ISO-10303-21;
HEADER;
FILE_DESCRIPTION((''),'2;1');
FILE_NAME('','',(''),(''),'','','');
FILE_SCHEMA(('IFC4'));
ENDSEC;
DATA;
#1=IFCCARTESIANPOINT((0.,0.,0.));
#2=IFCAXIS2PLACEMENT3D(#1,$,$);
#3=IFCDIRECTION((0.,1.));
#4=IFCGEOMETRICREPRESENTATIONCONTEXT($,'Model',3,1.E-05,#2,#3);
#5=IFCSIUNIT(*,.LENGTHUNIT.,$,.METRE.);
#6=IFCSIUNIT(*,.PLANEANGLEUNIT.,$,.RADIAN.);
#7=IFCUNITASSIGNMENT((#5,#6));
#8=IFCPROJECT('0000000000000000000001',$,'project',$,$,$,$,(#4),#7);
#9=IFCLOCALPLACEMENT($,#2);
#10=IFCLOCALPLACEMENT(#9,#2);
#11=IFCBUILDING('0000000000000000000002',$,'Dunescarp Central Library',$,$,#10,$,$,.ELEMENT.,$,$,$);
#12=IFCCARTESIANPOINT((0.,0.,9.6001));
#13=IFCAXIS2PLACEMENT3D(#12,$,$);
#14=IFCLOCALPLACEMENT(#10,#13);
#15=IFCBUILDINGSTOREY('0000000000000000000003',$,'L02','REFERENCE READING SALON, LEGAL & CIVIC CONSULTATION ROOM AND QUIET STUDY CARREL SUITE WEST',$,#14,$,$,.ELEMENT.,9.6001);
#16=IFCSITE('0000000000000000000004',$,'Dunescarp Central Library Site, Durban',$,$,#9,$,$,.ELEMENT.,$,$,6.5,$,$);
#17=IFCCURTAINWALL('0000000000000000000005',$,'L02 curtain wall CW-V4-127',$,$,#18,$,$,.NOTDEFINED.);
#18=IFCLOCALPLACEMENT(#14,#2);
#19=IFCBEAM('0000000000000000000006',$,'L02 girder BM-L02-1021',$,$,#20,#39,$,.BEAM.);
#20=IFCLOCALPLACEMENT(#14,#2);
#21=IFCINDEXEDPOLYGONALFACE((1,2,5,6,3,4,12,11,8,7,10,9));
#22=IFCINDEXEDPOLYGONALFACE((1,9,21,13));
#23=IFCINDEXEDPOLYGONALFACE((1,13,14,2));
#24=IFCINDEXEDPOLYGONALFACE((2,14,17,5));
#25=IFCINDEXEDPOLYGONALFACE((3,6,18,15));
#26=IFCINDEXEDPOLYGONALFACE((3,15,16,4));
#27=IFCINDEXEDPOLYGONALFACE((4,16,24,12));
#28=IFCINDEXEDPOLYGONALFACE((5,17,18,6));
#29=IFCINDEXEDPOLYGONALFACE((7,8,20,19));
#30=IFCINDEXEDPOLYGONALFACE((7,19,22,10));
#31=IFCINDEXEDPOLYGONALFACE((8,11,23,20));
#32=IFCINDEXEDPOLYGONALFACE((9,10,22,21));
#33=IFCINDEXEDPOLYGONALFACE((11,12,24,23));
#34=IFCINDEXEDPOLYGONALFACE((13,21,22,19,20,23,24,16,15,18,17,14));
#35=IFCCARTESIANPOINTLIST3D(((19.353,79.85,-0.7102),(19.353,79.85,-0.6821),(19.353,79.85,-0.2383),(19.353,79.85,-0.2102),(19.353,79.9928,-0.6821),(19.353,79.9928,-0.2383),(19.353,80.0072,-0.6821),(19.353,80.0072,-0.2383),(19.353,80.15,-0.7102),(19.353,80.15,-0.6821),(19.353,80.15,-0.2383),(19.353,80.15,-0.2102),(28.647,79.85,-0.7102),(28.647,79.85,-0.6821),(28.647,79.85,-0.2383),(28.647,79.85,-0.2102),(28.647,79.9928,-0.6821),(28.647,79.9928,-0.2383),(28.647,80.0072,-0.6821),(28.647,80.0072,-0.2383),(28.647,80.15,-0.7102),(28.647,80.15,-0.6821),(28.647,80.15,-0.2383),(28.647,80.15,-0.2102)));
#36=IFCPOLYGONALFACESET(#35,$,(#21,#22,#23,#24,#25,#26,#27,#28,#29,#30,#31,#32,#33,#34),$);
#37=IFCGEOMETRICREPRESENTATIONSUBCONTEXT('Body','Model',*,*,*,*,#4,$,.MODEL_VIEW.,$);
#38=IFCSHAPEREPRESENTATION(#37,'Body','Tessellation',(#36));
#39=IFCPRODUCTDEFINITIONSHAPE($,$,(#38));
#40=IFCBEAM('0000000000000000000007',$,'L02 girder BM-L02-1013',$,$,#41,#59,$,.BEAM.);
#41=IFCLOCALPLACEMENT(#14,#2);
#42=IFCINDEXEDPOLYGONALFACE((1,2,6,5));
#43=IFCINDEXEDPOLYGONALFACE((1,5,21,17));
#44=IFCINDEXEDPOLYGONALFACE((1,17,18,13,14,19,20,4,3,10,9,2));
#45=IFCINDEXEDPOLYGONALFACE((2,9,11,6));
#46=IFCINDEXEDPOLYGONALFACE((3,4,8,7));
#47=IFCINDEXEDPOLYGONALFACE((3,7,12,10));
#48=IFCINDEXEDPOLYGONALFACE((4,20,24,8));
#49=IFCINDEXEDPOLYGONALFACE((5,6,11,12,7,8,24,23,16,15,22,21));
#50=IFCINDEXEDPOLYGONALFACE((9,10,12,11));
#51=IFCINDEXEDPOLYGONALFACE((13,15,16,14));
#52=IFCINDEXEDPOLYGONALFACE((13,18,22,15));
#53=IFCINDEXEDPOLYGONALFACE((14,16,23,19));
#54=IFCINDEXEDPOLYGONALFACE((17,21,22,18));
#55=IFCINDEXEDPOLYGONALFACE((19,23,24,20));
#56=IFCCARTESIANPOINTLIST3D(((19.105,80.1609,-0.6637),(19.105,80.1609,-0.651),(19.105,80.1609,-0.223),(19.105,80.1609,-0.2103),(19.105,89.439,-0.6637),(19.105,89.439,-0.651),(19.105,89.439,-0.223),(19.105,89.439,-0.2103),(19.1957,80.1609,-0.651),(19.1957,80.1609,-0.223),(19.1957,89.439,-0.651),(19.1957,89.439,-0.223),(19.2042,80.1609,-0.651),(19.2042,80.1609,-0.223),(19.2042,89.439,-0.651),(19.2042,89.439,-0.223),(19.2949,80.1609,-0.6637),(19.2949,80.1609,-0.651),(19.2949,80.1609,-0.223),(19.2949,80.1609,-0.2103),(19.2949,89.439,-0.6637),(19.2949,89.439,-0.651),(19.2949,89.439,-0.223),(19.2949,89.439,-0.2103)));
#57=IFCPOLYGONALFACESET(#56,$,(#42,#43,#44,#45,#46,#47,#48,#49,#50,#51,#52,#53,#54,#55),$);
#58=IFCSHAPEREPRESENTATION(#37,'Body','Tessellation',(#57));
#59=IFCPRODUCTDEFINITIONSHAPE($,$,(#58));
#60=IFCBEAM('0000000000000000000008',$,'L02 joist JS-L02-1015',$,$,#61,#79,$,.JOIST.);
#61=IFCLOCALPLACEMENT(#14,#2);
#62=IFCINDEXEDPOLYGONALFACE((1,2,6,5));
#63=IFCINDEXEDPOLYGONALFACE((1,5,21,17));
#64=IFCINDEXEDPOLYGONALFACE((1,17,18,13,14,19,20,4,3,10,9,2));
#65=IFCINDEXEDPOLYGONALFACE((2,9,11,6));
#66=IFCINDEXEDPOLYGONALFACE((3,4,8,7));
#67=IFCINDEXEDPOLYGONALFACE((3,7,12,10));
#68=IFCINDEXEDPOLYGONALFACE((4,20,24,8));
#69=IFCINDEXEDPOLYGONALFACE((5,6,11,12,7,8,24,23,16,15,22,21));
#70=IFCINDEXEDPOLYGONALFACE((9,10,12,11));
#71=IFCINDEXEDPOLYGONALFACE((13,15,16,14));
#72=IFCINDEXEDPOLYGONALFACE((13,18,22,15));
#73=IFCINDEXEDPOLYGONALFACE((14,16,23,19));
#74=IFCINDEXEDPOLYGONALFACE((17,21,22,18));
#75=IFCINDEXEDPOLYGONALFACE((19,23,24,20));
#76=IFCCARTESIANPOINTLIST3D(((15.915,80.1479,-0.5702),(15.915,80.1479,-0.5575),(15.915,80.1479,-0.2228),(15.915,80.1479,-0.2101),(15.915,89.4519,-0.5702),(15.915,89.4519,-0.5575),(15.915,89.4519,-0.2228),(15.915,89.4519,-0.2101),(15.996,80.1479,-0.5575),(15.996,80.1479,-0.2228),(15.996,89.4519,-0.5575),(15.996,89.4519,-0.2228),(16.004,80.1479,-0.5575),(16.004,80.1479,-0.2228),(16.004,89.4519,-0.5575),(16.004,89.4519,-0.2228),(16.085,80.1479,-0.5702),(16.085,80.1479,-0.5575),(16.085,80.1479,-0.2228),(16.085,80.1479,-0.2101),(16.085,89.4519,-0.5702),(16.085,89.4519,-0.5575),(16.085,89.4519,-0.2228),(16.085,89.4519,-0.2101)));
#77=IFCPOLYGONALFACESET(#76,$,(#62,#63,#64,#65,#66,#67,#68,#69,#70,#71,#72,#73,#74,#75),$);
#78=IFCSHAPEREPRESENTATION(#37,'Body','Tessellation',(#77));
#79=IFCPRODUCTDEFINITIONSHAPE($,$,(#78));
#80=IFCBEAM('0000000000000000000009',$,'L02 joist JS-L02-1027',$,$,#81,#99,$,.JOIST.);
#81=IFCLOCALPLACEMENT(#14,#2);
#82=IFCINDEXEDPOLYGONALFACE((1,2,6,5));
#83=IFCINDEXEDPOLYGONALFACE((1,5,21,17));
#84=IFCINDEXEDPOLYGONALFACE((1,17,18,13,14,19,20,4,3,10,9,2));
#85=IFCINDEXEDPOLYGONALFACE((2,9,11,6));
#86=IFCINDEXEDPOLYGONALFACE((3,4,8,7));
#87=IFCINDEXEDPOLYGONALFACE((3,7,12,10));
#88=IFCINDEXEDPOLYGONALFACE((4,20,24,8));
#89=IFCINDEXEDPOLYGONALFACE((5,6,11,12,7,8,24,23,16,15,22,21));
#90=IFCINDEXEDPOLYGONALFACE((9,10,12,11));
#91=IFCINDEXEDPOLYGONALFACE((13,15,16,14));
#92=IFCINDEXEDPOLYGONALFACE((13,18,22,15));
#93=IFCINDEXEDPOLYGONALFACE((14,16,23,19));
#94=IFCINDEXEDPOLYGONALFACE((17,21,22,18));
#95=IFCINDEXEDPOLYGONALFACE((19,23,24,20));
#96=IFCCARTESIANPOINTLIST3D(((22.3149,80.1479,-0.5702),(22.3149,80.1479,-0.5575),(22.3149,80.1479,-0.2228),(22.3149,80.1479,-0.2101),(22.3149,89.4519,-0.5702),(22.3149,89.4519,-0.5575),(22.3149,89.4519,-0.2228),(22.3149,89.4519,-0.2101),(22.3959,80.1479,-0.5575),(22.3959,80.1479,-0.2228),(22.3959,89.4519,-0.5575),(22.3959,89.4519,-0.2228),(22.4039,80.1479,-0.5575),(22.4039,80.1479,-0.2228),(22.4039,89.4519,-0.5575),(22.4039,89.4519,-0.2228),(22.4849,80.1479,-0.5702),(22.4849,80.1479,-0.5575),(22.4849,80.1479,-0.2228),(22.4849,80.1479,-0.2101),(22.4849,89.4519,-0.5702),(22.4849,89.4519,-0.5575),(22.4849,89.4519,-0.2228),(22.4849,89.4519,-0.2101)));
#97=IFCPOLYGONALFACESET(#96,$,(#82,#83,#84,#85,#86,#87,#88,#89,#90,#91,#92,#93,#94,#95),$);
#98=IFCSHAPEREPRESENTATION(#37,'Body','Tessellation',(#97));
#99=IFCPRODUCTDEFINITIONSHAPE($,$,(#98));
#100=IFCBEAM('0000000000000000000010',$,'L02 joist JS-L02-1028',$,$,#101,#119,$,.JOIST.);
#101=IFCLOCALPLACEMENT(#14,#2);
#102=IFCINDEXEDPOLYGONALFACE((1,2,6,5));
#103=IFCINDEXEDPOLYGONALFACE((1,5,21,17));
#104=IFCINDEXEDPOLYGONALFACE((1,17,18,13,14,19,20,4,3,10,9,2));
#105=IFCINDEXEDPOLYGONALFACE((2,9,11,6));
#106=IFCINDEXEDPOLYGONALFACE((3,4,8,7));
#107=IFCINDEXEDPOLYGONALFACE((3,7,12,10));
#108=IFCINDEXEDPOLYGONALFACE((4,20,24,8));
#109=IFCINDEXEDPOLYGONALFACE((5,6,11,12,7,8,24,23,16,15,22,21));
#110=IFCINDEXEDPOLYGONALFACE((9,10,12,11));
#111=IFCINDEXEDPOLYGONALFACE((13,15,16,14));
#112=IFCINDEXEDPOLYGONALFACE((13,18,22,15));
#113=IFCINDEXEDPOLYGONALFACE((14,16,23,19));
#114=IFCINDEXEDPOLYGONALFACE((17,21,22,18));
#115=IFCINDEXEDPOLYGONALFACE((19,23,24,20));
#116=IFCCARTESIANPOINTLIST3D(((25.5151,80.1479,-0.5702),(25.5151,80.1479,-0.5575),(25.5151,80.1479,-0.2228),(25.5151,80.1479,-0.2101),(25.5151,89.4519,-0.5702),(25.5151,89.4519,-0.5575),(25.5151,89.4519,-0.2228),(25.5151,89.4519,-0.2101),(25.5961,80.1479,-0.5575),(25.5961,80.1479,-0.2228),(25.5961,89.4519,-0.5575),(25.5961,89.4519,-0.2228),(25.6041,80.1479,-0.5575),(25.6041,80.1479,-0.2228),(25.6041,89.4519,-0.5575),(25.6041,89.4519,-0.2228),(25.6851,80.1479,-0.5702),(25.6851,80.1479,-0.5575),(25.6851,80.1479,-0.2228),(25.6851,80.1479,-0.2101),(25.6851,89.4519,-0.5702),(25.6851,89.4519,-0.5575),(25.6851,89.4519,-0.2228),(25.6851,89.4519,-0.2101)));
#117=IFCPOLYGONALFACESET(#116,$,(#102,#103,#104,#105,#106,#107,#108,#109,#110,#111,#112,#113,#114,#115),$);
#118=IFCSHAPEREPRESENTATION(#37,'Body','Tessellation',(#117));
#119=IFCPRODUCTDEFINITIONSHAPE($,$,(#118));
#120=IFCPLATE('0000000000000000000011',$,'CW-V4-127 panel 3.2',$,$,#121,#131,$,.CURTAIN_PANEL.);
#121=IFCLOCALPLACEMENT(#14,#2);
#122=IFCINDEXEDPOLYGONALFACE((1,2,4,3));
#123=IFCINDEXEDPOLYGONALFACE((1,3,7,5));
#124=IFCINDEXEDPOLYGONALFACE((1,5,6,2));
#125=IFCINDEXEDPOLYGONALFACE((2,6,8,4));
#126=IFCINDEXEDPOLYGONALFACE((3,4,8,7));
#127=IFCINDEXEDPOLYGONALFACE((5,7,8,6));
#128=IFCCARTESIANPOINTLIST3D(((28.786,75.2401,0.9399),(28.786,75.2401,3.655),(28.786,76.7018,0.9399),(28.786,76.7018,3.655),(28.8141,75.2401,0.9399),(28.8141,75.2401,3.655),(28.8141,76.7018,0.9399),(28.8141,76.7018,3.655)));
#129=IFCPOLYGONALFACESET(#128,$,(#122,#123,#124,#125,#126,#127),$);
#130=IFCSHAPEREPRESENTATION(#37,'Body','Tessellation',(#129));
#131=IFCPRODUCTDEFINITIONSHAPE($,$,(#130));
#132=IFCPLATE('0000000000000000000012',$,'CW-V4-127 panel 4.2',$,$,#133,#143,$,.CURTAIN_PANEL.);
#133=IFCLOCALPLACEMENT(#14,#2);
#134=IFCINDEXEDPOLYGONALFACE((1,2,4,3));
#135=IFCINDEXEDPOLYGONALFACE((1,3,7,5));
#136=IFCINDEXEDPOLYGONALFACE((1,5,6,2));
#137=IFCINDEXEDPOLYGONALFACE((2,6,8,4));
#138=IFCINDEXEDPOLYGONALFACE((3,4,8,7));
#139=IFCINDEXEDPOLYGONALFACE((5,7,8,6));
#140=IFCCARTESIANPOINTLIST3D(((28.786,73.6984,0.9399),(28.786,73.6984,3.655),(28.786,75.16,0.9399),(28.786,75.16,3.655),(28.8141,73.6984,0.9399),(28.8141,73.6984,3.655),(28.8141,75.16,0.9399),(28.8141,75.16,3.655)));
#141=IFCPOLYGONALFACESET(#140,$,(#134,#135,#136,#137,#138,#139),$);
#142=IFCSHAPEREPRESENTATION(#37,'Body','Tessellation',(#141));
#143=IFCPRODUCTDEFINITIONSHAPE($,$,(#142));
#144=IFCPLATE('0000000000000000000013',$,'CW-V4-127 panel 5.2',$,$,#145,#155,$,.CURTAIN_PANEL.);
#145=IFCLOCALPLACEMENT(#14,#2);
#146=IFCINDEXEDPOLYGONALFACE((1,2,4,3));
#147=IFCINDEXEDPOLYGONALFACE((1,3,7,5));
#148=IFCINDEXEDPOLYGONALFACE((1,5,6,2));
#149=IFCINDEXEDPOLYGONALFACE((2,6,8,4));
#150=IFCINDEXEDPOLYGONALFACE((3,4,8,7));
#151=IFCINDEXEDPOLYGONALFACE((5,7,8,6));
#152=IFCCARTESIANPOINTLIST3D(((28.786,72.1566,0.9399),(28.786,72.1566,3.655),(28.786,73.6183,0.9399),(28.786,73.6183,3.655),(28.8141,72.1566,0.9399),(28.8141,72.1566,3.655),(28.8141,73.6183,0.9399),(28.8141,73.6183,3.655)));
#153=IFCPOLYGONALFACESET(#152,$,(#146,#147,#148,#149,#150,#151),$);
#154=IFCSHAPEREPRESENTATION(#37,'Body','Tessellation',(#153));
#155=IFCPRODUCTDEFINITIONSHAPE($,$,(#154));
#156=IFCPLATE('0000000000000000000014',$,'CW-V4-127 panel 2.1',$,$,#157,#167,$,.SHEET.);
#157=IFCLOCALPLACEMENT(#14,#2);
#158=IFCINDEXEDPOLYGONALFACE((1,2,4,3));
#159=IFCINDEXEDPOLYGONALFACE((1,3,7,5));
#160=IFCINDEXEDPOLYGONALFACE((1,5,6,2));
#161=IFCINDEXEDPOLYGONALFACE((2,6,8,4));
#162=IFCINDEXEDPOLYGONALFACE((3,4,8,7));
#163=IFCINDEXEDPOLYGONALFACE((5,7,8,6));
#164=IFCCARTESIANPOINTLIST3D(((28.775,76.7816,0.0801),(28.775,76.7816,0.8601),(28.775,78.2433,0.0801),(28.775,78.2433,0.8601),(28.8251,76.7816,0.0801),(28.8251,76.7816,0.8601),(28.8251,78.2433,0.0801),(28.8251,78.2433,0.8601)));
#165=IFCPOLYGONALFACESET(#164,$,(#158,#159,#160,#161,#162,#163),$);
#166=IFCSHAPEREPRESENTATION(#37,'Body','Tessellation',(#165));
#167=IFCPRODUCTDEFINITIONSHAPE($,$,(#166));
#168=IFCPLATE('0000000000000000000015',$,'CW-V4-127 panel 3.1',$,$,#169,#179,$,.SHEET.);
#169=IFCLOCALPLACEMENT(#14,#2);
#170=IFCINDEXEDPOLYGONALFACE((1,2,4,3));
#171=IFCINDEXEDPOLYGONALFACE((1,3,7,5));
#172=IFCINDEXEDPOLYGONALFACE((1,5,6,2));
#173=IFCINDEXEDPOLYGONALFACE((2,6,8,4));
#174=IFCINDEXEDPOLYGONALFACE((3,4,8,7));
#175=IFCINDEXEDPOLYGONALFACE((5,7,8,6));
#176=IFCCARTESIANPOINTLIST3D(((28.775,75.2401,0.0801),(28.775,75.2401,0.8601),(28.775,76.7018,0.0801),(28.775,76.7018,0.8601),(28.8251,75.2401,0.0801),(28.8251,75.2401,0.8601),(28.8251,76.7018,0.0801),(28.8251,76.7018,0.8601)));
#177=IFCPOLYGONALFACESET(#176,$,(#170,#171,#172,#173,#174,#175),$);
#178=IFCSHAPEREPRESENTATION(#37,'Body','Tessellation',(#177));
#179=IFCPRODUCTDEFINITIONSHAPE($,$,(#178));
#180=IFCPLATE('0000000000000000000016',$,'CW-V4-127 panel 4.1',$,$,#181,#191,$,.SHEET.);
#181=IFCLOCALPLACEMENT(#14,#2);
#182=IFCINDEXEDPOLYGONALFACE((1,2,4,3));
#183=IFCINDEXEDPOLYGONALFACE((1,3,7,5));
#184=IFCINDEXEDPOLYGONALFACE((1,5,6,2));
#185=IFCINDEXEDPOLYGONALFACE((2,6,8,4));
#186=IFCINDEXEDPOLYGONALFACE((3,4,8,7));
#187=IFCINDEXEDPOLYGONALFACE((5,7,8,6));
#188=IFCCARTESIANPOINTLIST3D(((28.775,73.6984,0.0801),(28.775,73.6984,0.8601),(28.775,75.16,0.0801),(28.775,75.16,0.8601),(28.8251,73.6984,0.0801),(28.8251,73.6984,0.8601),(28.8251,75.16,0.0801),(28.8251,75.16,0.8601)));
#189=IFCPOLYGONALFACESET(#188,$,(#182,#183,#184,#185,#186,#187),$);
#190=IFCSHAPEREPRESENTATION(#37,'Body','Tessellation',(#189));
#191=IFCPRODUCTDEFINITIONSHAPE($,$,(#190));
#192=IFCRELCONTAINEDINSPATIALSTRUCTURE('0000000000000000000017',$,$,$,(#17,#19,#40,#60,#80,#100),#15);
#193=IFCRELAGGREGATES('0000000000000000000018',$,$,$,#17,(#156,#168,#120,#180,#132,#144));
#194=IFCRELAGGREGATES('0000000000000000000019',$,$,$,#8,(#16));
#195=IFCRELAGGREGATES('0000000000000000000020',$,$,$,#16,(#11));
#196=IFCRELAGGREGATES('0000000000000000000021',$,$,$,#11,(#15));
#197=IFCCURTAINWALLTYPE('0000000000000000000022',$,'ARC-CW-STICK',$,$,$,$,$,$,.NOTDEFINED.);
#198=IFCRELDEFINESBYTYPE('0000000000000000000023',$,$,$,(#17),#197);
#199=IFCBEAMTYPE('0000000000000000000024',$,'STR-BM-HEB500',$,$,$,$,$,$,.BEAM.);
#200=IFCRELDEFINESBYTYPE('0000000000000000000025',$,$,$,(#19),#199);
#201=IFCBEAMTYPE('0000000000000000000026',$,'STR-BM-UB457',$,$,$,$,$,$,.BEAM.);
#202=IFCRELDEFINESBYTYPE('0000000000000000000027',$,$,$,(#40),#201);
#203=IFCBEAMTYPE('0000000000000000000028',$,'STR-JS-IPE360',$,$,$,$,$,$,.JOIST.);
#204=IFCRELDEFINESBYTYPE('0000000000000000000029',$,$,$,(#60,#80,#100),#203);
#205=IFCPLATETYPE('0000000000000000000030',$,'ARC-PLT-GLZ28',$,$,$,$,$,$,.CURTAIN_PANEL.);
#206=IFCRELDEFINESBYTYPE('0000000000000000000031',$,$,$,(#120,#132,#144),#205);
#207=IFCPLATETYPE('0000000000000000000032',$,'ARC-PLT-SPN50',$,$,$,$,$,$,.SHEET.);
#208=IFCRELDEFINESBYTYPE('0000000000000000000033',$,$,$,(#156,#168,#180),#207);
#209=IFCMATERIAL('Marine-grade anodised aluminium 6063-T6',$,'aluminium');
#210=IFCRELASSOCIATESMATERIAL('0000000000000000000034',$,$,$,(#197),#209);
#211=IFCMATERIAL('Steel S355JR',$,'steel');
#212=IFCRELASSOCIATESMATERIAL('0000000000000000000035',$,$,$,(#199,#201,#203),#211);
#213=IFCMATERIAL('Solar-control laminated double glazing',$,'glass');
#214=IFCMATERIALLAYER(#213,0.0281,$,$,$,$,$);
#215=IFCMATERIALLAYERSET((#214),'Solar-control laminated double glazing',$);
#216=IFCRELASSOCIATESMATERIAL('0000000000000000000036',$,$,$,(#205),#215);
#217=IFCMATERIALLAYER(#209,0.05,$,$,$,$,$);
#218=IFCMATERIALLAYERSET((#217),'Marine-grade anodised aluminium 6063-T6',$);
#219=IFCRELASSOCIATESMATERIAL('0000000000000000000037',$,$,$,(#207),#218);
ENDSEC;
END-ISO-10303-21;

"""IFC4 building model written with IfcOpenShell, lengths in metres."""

from ifc_helpers import new_model, si_unit, direction, frame, origin, origin_2d, place, context, subcontext, project, spatial, rectangle, i_section, extrude, material, layer, layer_set, material_profile, profile_set, type_object, element, aggregate, save


model = new_model("IFC4")

# Units and contexts
model_context = context("Model", 3, precision=1e-05, world=origin(), true_north=direction((0.0, 1.0)))
body_context = subcontext(model_context, "Body", "Model", "MODEL_VIEW")
ifc_project = project(units=[si_unit("LENGTHUNIT", "METRE"), si_unit("PLANEANGLEUNIT", "RADIAN")], contexts=[model_context])

# Site, building, storey
site_placement = place(None, origin())
site = spatial("IfcSite", under=ifc_project, at=site_placement, Name="Dunescarp Central Library Site, Durban", CompositionType="ELEMENT", RefElevation=6.5)
building_placement = place(site_placement, origin())
building = spatial("IfcBuilding", under=site, at=building_placement, Name="Dunescarp Central Library", CompositionType="ELEMENT")
storey_placement = place(building_placement, frame((0.0, 0.0, 9.6001)))
storey = spatial("IfcBuildingStorey", under=building, at=storey_placement, Name="L02", Description="REFERENCE READING SALON, LEGAL & CIVIC CONSULTATION ROOM AND QUIET STUDY CARREL SUITE WEST", CompositionType="ELEMENT", Elevation=9.6001)

# Shared definitions
ifc_material_1 = material(Name="Steel S355JR", Category="steel")

# Curtain wall
ifc_material_2 = material(Name="Marine-grade anodised aluminium 6063-T6", Category="aluminium")
curtain_wall_type = type_object("IfcCurtainWallType", Name="ARC-CW-STICK", PredefinedType="NOTDEFINED", material=ifc_material_2)
curtain_wall_placement = place(storey_placement, origin())
curtain_wall = element("IfcCurtainWall", 1, at=curtain_wall_placement, inside=storey, type_object=curtain_wall_type, Name="L02 curtain wall CW-V4-127", PredefinedType="NOTDEFINED")

# Beams
ifc_material_profile_1 = material_profile(ifc_material_1, i_section(OverallWidth=0.3, OverallDepth=0.5, WebThickness=0.0144, FlangeThickness=0.0281, at=origin_2d()), Name="HEB 500")
ifc_profile_set_1 = profile_set([ifc_material_profile_1], Name="Steel S355JR")
beam_type_1 = type_object("IfcBeamType", Name="STR-BM-HEB500", PredefinedType="BEAM", material=ifc_profile_set_1)
beam_1_placement = place(storey_placement, frame((19.353, 80.0, -0.4602), z_axis=(1.0, 0.0, 0.0), x_axis=(0.0, 1.0, 0.0)))
element("IfcBeam", 2, at=beam_1_placement, inside=storey, type_object=beam_type_1, Name="L02 girder BM-L02-1021", PredefinedType="BEAM", context=body_context, shape_type="SweptSolid", body=[
    extrude(i_section(OverallWidth=0.3, OverallDepth=0.5, WebThickness=0.0144, FlangeThickness=0.0281, at=origin_2d()), origin(), (0.0, 0.0, 1.0), 9.2939),
])
ifc_material_profile_2 = material_profile(ifc_material_1, i_section(OverallWidth=0.1899, OverallDepth=0.4534, WebThickness=0.0085, FlangeThickness=0.0127, at=origin_2d()), Name="UB 457x191x67")
ifc_profile_set_2 = profile_set([ifc_material_profile_2], Name="Steel S355JR")
beam_type_2 = type_object("IfcBeamType", Name="STR-BM-UB457", PredefinedType="BEAM", material=ifc_profile_set_2)
beam_2_placement = place(storey_placement, frame((19.2, 80.1609, -0.437), z_axis=(0.0, 1.0, 0.0), x_axis=(-1.0, 0.0, 0.0)))
element("IfcBeam", 3, at=beam_2_placement, inside=storey, type_object=beam_type_2, Name="L02 girder BM-L02-1013", PredefinedType="BEAM", context=body_context, shape_type="SweptSolid", body=[
    extrude(i_section(OverallWidth=0.1899, OverallDepth=0.4534, WebThickness=0.0085, FlangeThickness=0.0127, at=origin_2d()), origin(), (0.0, 0.0, 1.0), 9.2781),
])
ifc_material_profile_3 = material_profile(ifc_material_1, i_section(OverallWidth=0.1699, OverallDepth=0.3601, WebThickness=0.0081, FlangeThickness=0.0127, at=origin_2d()), Name="IPE 360")
ifc_profile_set_3 = profile_set([ifc_material_profile_3], Name="Steel S355JR")
beam_type_3 = type_object("IfcBeamType", Name="STR-JS-IPE360", PredefinedType="JOIST", material=ifc_profile_set_3)
for number, where, z_axis, x_axis, name in (
    (4, (16.0, 80.1479, -0.3901), (0.0, 1.0, 0.0), (-1.0, 0.0, 0.0), "L02 joist JS-L02-1015"),
    (5, (22.3999, 80.1479, -0.3901), (0.0, 1.0, 0.0), (-1.0, 0.0, 0.0), "L02 joist JS-L02-1027"),
    (6, (25.6001, 80.1479, -0.3901), (0.0, 1.0, 0.0), (-1.0, 0.0, 0.0), "L02 joist JS-L02-1028"),
):
    element("IfcBeam", number, at=place(storey_placement, frame(where, z_axis=z_axis, x_axis=x_axis)), inside=storey, type_object=beam_type_3, Name=name, PredefinedType="JOIST", context=body_context, shape_type="SweptSolid", body=[
        extrude(i_section(OverallWidth=0.1699, OverallDepth=0.3601, WebThickness=0.0081, FlangeThickness=0.0127, at=origin_2d()), origin(), (0.0, 0.0, 1.0), 9.304),
    ])

# Plates
ifc_material_3 = material(Name="Solar-control laminated double glazing", Category="glass")
ifc_layer_1 = layer(ifc_material_3, 0.0281)
ifc_layer_set_1 = layer_set([ifc_layer_1], Name="Solar-control laminated double glazing")
plate_type_1 = type_object("IfcPlateType", Name="ARC-PLT-GLZ28", PredefinedType="CURTAIN_PANEL", material=ifc_layer_set_1)
plate_1_placement = place(storey_placement, frame((28.8, 75.9709, 0.9399), z_axis=(0.0, 0.0, 1.0), x_axis=(0.0, -1.0, 0.0)))
plate_1 = element("IfcPlate", 7, at=plate_1_placement, type_object=plate_type_1, Name="CW-V4-127 panel 3.2", PredefinedType="CURTAIN_PANEL", context=body_context, shape_type="SweptSolid", body=[
    extrude(rectangle(XDim=1.4617, YDim=0.0281, at=origin_2d()), origin(), (0.0, 0.0, 1.0), 2.7151),
])
plate_2_placement = place(storey_placement, frame((28.8, 74.4292, 0.9399), z_axis=(0.0, 0.0, 1.0), x_axis=(0.0, -1.0, 0.0)))
plate_2 = element("IfcPlate", 8, at=plate_2_placement, type_object=plate_type_1, Name="CW-V4-127 panel 4.2", PredefinedType="CURTAIN_PANEL", context=body_context, shape_type="SweptSolid", body=[
    extrude(rectangle(XDim=1.4617, YDim=0.0281, at=origin_2d()), origin(), (0.0, 0.0, 1.0), 2.7151),
])
plate_3_placement = place(storey_placement, frame((28.8, 72.8875, 0.9399), z_axis=(0.0, 0.0, 1.0), x_axis=(0.0, -1.0, 0.0)))
plate_3 = element("IfcPlate", 9, at=plate_3_placement, type_object=plate_type_1, Name="CW-V4-127 panel 5.2", PredefinedType="CURTAIN_PANEL", context=body_context, shape_type="SweptSolid", body=[
    extrude(rectangle(XDim=1.4617, YDim=0.0281, at=origin_2d()), origin(), (0.0, 0.0, 1.0), 2.7151),
])
ifc_layer_2 = layer(ifc_material_2, 0.05)
ifc_layer_set_2 = layer_set([ifc_layer_2], Name="Marine-grade anodised aluminium 6063-T6")
plate_type_2 = type_object("IfcPlateType", Name="ARC-PLT-SPN50", PredefinedType="SHEET", material=ifc_layer_set_2)
plate_4_placement = place(storey_placement, frame((28.8, 77.5125, 0.0801), z_axis=(0.0, 0.0, 1.0), x_axis=(0.0, -1.0, 0.0)))
plate_4 = element("IfcPlate", 10, at=plate_4_placement, type_object=plate_type_2, Name="CW-V4-127 panel 2.1", PredefinedType="SHEET", context=body_context, shape_type="SweptSolid", body=[
    extrude(rectangle(XDim=1.4617, YDim=0.05, at=origin_2d()), origin(), (0.0, 0.0, 1.0), 0.78),
])
plate_5_placement = place(storey_placement, frame((28.8, 75.9709, 0.0801), z_axis=(0.0, 0.0, 1.0), x_axis=(0.0, -1.0, 0.0)))
plate_5 = element("IfcPlate", 11, at=plate_5_placement, type_object=plate_type_2, Name="CW-V4-127 panel 3.1", PredefinedType="SHEET", context=body_context, shape_type="SweptSolid", body=[
    extrude(rectangle(XDim=1.4617, YDim=0.05, at=origin_2d()), origin(), (0.0, 0.0, 1.0), 0.78),
])
plate_6_placement = place(storey_placement, frame((28.8, 74.4292, 0.0801), z_axis=(0.0, 0.0, 1.0), x_axis=(0.0, -1.0, 0.0)))
plate_6 = element("IfcPlate", 12, at=plate_6_placement, type_object=plate_type_2, Name="CW-V4-127 panel 4.1", PredefinedType="SHEET", context=body_context, shape_type="SweptSolid", body=[
    extrude(rectangle(XDim=1.4617, YDim=0.05, at=origin_2d()), origin(), (0.0, 0.0, 1.0), 0.78),
])
aggregate(curtain_wall, [plate_4, plate_5, plate_1, plate_6, plate_2, plate_3])

save(model, "model.ifc")
